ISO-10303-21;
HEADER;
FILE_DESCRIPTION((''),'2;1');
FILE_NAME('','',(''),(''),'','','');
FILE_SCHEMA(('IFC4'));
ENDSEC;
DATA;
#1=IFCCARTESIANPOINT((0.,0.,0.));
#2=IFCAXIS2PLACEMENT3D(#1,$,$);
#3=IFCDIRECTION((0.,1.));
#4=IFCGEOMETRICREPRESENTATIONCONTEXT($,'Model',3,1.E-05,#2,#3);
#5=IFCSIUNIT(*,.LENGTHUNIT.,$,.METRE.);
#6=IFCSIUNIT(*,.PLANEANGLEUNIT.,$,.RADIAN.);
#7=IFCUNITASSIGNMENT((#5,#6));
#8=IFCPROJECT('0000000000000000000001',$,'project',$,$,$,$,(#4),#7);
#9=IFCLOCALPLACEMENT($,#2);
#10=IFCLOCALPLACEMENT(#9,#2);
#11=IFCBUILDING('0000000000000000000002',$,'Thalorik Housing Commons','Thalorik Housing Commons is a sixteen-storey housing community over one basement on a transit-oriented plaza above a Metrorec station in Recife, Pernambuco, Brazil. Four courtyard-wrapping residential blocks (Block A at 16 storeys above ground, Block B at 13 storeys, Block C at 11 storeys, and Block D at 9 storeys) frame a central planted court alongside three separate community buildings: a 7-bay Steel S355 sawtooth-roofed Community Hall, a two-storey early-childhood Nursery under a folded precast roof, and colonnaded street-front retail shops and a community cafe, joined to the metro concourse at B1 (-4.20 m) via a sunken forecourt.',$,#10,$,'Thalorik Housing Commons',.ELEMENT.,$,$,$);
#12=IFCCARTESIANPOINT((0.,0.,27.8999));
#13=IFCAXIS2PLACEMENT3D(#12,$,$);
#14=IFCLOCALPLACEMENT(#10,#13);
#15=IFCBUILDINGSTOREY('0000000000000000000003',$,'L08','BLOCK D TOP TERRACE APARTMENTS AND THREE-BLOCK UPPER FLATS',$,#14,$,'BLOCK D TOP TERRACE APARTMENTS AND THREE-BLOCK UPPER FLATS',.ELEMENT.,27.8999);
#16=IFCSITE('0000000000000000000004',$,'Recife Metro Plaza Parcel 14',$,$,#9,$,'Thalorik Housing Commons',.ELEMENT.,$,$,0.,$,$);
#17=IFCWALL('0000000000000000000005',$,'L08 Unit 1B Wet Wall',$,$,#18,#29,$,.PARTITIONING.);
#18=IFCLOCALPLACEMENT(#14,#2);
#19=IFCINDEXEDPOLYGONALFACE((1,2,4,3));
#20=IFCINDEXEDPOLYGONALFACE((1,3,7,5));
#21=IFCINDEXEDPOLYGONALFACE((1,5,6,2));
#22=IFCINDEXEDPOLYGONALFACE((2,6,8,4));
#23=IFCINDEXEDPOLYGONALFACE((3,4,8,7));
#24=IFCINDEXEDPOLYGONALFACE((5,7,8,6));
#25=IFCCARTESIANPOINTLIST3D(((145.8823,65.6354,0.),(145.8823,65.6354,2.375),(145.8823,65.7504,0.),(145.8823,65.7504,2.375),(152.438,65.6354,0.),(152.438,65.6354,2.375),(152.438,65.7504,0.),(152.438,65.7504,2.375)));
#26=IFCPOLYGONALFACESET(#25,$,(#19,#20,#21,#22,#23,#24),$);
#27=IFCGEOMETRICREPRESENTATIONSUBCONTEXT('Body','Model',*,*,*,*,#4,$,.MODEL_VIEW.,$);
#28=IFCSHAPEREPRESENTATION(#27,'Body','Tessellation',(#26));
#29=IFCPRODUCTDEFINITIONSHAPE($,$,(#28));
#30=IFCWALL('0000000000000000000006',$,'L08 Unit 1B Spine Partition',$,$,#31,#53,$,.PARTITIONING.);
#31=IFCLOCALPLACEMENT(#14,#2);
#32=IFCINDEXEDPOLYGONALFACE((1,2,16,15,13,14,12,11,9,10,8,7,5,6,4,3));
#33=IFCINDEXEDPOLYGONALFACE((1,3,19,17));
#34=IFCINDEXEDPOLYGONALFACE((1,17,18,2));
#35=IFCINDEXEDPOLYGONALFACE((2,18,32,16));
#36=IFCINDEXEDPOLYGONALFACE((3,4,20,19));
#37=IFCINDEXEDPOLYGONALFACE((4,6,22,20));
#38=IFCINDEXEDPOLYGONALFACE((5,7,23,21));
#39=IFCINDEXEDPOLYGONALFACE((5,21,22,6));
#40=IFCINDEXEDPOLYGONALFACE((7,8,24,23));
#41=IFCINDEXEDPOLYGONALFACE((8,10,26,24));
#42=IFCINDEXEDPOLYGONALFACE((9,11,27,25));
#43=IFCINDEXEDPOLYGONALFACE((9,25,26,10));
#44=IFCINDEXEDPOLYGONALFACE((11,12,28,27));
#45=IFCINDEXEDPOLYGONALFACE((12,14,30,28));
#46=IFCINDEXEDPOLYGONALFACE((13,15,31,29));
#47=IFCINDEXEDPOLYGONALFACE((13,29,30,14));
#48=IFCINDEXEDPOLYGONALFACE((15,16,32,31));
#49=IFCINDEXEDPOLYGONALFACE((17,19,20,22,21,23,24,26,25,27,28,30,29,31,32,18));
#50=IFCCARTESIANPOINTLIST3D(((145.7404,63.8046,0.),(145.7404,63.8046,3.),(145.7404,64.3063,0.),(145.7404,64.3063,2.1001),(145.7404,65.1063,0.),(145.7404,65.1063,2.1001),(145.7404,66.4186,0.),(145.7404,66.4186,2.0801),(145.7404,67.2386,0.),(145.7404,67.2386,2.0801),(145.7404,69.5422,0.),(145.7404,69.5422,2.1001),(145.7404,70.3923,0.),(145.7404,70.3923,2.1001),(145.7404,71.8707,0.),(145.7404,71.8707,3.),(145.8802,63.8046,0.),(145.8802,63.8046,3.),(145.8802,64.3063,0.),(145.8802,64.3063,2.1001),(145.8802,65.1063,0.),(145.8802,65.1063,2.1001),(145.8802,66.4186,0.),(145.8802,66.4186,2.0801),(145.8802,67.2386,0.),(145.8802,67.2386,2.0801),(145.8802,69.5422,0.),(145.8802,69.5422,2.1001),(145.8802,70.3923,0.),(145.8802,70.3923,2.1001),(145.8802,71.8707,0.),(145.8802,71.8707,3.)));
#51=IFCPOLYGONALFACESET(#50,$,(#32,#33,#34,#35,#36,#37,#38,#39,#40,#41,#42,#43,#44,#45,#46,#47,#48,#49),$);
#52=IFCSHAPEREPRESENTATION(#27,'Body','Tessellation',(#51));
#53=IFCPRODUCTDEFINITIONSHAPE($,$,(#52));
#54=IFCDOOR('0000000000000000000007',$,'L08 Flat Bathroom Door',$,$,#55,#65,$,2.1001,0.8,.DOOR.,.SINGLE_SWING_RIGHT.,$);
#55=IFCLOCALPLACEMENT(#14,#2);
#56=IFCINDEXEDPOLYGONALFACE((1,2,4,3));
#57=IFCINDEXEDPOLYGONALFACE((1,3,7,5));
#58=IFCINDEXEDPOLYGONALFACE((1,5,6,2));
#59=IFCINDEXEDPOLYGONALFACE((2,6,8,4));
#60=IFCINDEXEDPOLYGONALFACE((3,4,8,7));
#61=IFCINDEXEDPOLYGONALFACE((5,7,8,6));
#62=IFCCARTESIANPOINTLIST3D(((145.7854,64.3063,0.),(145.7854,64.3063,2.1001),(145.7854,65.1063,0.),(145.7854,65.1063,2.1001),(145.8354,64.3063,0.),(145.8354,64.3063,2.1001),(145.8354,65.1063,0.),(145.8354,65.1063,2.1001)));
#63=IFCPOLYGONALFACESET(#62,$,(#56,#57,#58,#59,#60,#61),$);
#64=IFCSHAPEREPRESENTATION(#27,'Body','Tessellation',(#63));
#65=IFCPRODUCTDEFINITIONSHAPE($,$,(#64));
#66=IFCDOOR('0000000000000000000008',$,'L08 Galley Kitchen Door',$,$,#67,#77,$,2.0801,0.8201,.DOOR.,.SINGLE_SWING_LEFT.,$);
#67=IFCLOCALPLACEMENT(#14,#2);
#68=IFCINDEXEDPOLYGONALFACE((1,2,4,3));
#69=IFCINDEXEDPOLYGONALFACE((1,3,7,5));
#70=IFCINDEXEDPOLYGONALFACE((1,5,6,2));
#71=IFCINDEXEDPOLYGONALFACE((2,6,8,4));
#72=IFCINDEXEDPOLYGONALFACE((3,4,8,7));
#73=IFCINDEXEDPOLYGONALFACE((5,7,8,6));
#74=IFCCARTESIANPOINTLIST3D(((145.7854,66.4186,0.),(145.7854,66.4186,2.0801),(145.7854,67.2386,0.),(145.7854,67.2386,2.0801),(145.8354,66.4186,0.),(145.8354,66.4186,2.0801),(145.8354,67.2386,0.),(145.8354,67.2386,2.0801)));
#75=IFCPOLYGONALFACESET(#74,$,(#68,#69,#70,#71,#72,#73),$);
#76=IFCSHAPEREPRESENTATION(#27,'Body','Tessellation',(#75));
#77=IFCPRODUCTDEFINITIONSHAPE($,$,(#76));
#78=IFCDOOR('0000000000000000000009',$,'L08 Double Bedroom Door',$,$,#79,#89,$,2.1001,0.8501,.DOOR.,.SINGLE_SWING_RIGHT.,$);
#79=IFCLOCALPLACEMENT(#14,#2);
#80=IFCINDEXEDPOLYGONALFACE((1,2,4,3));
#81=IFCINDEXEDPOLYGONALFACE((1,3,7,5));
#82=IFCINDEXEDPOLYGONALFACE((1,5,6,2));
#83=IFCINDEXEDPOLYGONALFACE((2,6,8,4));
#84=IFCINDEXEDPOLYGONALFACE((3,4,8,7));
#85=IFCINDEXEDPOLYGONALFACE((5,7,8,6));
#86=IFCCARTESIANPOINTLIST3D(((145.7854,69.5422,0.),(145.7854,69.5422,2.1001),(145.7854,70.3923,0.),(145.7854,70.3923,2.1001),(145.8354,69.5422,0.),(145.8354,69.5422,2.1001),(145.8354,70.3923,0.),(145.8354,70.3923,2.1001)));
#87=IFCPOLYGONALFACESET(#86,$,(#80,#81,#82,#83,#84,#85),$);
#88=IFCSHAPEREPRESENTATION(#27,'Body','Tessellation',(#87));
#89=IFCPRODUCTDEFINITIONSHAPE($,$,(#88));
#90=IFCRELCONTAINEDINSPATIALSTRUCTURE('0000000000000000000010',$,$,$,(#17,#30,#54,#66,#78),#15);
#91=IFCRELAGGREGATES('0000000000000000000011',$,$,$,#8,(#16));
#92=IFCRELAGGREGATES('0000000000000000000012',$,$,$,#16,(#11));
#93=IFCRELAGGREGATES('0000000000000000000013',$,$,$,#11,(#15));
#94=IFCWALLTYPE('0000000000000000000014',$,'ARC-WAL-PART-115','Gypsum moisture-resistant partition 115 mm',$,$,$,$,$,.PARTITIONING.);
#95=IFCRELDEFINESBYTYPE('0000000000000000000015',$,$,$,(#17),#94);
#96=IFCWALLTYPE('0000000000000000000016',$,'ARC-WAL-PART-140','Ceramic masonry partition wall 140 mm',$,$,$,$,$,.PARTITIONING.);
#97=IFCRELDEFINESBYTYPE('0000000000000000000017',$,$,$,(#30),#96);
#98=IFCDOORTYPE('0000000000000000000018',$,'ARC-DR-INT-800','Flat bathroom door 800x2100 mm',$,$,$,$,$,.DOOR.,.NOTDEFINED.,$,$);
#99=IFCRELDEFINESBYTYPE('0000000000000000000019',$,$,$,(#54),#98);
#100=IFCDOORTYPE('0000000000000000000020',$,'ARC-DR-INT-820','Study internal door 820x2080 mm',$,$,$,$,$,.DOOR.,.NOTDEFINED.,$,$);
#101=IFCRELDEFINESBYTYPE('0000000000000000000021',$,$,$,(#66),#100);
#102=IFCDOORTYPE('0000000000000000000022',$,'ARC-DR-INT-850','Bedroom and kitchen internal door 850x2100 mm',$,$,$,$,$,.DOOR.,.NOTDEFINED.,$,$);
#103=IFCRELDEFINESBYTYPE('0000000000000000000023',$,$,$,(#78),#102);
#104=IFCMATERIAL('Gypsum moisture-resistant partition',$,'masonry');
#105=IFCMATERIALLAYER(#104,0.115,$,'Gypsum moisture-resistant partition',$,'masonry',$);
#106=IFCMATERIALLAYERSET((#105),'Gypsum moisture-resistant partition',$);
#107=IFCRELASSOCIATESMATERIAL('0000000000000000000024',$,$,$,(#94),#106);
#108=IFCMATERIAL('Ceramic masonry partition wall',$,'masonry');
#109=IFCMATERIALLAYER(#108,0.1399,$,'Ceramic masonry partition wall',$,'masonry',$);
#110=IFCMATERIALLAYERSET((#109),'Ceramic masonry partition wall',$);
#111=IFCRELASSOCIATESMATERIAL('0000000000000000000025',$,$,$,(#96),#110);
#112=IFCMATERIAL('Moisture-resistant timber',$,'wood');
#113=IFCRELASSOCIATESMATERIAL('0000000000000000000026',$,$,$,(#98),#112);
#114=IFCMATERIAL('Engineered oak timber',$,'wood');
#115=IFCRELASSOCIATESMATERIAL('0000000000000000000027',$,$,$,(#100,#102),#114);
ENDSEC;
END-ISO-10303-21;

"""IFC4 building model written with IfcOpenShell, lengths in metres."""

from ifc_helpers import new_model, si_unit, direction, frame, frame_2d, origin, place, context, subcontext, project, spatial, rectangle, extrude, material, layer, layer_set, type_object, element, fill, save


model = new_model("IFC4")

# Units and contexts
model_context = context("Model", 3, precision=1e-05, world=origin(), true_north=direction((0.0, 1.0)))
body_context = subcontext(model_context, "Body", "Model", "MODEL_VIEW")
ifc_project = project(units=[si_unit("LENGTHUNIT", "METRE"), si_unit("PLANEANGLEUNIT", "RADIAN")], contexts=[model_context])

# Site, building, storey
site_placement = place(None, origin())
site = spatial("IfcSite", under=ifc_project, at=site_placement, Name="Recife Metro Plaza Parcel 14", LongName="Thalorik Housing Commons", CompositionType="ELEMENT", RefElevation=0.0)
building_placement = place(site_placement, origin())
building = spatial("IfcBuilding", under=site, at=building_placement, Name="Thalorik Housing Commons", Description="Thalorik Housing Commons is a sixteen-storey housing community over one basement on a transit-oriented plaza above a Metrorec station in Recife, Pernambuco, Brazil. Four courtyard-wrapping residential blocks (Block A at 16 storeys above ground, Block B at 13 storeys, Block C at 11 storeys, and Block D at 9 storeys) frame a central planted court alongside three separate community buildings: a 7-bay Steel S355 sawtooth-roofed Community Hall, a two-storey early-childhood Nursery under a folded precast roof, and colonnaded street-front retail shops and a community cafe, joined to the metro concourse at B1 (-4.20 m) via a sunken forecourt.", LongName="Thalorik Housing Commons", CompositionType="ELEMENT")
storey_placement = place(building_placement, frame((0.0, 0.0, 27.8999)))
storey = spatial("IfcBuildingStorey", under=building, at=storey_placement, Name="L08", Description="BLOCK D TOP TERRACE APARTMENTS AND THREE-BLOCK UPPER FLATS", LongName="BLOCK D TOP TERRACE APARTMENTS AND THREE-BLOCK UPPER FLATS", CompositionType="ELEMENT", Elevation=27.8999)

# Wall
ifc_material_1 = material(Name="Gypsum moisture-resistant partition", Category="masonry")
ifc_layer_1 = layer(ifc_material_1, 0.115, Name="Gypsum moisture-resistant partition", Category="masonry")
ifc_layer_set_1 = layer_set([ifc_layer_1], Name="Gypsum moisture-resistant partition")
wall_type_1 = type_object("IfcWallType", Name="ARC-WAL-PART-115", Description="Gypsum moisture-resistant partition 115 mm", PredefinedType="PARTITIONING", material=ifc_layer_set_1)
wall_1_placement = place(storey_placement, frame((145.8823, 65.6929, 0.0), z_axis=(0.0, 0.0, 1.0), x_axis=(1.0, 0.0, 0.0)))
element("IfcWall", 1, at=wall_1_placement, inside=storey, type_object=wall_type_1, Name="L08 Unit 1B Wet Wall", PredefinedType="PARTITIONING", context=body_context, shape_type="SweptSolid", body=[
    extrude(rectangle(XDim=6.5557, YDim=0.115, at=frame_2d((3.2778, 0.0))), origin(), (0.0, 0.0, 1.0), 2.375),
])

# Wall, openings, doors
ifc_material_2 = material(Name="Ceramic masonry partition wall", Category="masonry")
ifc_layer_2 = layer(ifc_material_2, 0.1399, Name="Ceramic masonry partition wall", Category="masonry")
ifc_layer_set_2 = layer_set([ifc_layer_2], Name="Ceramic masonry partition wall")
wall_type_2 = type_object("IfcWallType", Name="ARC-WAL-PART-140", Description="Ceramic masonry partition wall 140 mm", PredefinedType="PARTITIONING", material=ifc_layer_set_2)
wall_2_placement = place(storey_placement, frame((145.8103, 63.8044, 0.0), z_axis=(0.0, 0.0, 1.0), x_axis=(0.0, 1.0, 0.0)))
wall_2 = element("IfcWall", 2, at=wall_2_placement, inside=storey, type_object=wall_type_2, Name="L08 Unit 1B Spine Partition", PredefinedType="PARTITIONING", context=body_context, shape_type="SweptSolid", body=[
    extrude(rectangle(XDim=8.0662, YDim=0.1399, at=frame_2d((4.0332, 0.0))), origin(), (0.0, 0.0, 1.0), 3.0),
])
opening_1_placement = place(wall_2_placement, frame((0.502, 0.0, 0.0)))
opening_1 = element("IfcOpeningElement", 3, at=opening_1_placement, cuts=wall_2, PredefinedType="OPENING", context=body_context, shape_type="SweptSolid", body=[
    extrude(rectangle(XDim=0.8, YDim=2.1001, at=frame_2d((0.3999, 1.05))), frame((0.0, 0.0801, 0.0), z_axis=(0.0, -1.0, 0.0), x_axis=(1.0, 0.0, 0.0)), (0.0, 0.0, 1.0), 0.1599),
])
opening_2_placement = place(wall_2_placement, frame((2.614, 0.0, 0.0)))
opening_2 = element("IfcOpeningElement", 4, at=opening_2_placement, cuts=wall_2, PredefinedType="OPENING", context=body_context, shape_type="SweptSolid", body=[
    extrude(rectangle(XDim=0.8201, YDim=2.0801, at=frame_2d((0.4102, 1.04))), frame((0.0, 0.0801, 0.0), z_axis=(0.0, -1.0, 0.0), x_axis=(1.0, 0.0, 0.0)), (0.0, 0.0, 1.0), 0.1599),
])
opening_3_placement = place(wall_2_placement, frame((5.7378, 0.0, 0.0)))
opening_3 = element("IfcOpeningElement", 5, at=opening_3_placement, cuts=wall_2, PredefinedType="OPENING", context=body_context, shape_type="SweptSolid", body=[
    extrude(rectangle(XDim=0.8501, YDim=2.1001, at=frame_2d((0.425, 1.05))), frame((0.0, 0.0801, 0.0), z_axis=(0.0, -1.0, 0.0), x_axis=(1.0, 0.0, 0.0)), (0.0, 0.0, 1.0), 0.1599),
])
ifc_material_3 = material(Name="Moisture-resistant timber", Category="wood")
door_type_1 = type_object("IfcDoorType", Name="ARC-DR-INT-800", Description="Flat bathroom door 800x2100 mm", OperationType="NOTDEFINED", PredefinedType="DOOR", material=ifc_material_3)
door_1_placement = place(opening_1_placement, origin())
door_1 = element("IfcDoor", 6, at=door_1_placement, inside=storey, type_object=door_type_1, Name="L08 Flat Bathroom Door", OperationType="SINGLE_SWING_RIGHT", OverallHeight=2.1001, OverallWidth=0.8, PredefinedType="DOOR", context=body_context, shape_type="SweptSolid", body=[
    extrude(rectangle(XDim=0.8, YDim=2.1001, at=frame_2d((0.3999, 1.05))), frame((0.0, 0.0249, 0.0), z_axis=(0.0, -1.0, 0.0), x_axis=(1.0, 0.0, 0.0)), (0.0, 0.0, 1.0), 0.05),
])
fill(opening_1, door_1)
ifc_material_4 = material(Name="Engineered oak timber", Category="wood")
door_type_2 = type_object("IfcDoorType", Name="ARC-DR-INT-820", Description="Study internal door 820x2080 mm", OperationType="NOTDEFINED", PredefinedType="DOOR", material=ifc_material_4)
door_2_placement = place(opening_2_placement, origin())
door_2 = element("IfcDoor", 7, at=door_2_placement, inside=storey, type_object=door_type_2, Name="L08 Galley Kitchen Door", OperationType="SINGLE_SWING_LEFT", OverallHeight=2.0801, OverallWidth=0.8201, PredefinedType="DOOR", context=body_context, shape_type="SweptSolid", body=[
    extrude(rectangle(XDim=0.8201, YDim=2.0801, at=frame_2d((0.4102, 1.04))), frame((0.0, 0.0249, 0.0), z_axis=(0.0, -1.0, 0.0), x_axis=(1.0, 0.0, 0.0)), (0.0, 0.0, 1.0), 0.05),
])
fill(opening_2, door_2)
door_type_3 = type_object("IfcDoorType", Name="ARC-DR-INT-850", Description="Bedroom and kitchen internal door 850x2100 mm", OperationType="NOTDEFINED", PredefinedType="DOOR", material=ifc_material_4)
door_3_placement = place(opening_3_placement, origin())
door_3 = element("IfcDoor", 8, at=door_3_placement, inside=storey, type_object=door_type_3, Name="L08 Double Bedroom Door", OperationType="SINGLE_SWING_RIGHT", OverallHeight=2.1001, OverallWidth=0.8501, PredefinedType="DOOR", context=body_context, shape_type="SweptSolid", body=[
    extrude(rectangle(XDim=0.8501, YDim=2.1001, at=frame_2d((0.425, 1.05))), frame((0.0, 0.0249, 0.0), z_axis=(0.0, -1.0, 0.0), x_axis=(1.0, 0.0, 0.0)), (0.0, 0.0, 1.0), 0.05),
])
fill(opening_3, door_3)

save(model, "model.ifc")
